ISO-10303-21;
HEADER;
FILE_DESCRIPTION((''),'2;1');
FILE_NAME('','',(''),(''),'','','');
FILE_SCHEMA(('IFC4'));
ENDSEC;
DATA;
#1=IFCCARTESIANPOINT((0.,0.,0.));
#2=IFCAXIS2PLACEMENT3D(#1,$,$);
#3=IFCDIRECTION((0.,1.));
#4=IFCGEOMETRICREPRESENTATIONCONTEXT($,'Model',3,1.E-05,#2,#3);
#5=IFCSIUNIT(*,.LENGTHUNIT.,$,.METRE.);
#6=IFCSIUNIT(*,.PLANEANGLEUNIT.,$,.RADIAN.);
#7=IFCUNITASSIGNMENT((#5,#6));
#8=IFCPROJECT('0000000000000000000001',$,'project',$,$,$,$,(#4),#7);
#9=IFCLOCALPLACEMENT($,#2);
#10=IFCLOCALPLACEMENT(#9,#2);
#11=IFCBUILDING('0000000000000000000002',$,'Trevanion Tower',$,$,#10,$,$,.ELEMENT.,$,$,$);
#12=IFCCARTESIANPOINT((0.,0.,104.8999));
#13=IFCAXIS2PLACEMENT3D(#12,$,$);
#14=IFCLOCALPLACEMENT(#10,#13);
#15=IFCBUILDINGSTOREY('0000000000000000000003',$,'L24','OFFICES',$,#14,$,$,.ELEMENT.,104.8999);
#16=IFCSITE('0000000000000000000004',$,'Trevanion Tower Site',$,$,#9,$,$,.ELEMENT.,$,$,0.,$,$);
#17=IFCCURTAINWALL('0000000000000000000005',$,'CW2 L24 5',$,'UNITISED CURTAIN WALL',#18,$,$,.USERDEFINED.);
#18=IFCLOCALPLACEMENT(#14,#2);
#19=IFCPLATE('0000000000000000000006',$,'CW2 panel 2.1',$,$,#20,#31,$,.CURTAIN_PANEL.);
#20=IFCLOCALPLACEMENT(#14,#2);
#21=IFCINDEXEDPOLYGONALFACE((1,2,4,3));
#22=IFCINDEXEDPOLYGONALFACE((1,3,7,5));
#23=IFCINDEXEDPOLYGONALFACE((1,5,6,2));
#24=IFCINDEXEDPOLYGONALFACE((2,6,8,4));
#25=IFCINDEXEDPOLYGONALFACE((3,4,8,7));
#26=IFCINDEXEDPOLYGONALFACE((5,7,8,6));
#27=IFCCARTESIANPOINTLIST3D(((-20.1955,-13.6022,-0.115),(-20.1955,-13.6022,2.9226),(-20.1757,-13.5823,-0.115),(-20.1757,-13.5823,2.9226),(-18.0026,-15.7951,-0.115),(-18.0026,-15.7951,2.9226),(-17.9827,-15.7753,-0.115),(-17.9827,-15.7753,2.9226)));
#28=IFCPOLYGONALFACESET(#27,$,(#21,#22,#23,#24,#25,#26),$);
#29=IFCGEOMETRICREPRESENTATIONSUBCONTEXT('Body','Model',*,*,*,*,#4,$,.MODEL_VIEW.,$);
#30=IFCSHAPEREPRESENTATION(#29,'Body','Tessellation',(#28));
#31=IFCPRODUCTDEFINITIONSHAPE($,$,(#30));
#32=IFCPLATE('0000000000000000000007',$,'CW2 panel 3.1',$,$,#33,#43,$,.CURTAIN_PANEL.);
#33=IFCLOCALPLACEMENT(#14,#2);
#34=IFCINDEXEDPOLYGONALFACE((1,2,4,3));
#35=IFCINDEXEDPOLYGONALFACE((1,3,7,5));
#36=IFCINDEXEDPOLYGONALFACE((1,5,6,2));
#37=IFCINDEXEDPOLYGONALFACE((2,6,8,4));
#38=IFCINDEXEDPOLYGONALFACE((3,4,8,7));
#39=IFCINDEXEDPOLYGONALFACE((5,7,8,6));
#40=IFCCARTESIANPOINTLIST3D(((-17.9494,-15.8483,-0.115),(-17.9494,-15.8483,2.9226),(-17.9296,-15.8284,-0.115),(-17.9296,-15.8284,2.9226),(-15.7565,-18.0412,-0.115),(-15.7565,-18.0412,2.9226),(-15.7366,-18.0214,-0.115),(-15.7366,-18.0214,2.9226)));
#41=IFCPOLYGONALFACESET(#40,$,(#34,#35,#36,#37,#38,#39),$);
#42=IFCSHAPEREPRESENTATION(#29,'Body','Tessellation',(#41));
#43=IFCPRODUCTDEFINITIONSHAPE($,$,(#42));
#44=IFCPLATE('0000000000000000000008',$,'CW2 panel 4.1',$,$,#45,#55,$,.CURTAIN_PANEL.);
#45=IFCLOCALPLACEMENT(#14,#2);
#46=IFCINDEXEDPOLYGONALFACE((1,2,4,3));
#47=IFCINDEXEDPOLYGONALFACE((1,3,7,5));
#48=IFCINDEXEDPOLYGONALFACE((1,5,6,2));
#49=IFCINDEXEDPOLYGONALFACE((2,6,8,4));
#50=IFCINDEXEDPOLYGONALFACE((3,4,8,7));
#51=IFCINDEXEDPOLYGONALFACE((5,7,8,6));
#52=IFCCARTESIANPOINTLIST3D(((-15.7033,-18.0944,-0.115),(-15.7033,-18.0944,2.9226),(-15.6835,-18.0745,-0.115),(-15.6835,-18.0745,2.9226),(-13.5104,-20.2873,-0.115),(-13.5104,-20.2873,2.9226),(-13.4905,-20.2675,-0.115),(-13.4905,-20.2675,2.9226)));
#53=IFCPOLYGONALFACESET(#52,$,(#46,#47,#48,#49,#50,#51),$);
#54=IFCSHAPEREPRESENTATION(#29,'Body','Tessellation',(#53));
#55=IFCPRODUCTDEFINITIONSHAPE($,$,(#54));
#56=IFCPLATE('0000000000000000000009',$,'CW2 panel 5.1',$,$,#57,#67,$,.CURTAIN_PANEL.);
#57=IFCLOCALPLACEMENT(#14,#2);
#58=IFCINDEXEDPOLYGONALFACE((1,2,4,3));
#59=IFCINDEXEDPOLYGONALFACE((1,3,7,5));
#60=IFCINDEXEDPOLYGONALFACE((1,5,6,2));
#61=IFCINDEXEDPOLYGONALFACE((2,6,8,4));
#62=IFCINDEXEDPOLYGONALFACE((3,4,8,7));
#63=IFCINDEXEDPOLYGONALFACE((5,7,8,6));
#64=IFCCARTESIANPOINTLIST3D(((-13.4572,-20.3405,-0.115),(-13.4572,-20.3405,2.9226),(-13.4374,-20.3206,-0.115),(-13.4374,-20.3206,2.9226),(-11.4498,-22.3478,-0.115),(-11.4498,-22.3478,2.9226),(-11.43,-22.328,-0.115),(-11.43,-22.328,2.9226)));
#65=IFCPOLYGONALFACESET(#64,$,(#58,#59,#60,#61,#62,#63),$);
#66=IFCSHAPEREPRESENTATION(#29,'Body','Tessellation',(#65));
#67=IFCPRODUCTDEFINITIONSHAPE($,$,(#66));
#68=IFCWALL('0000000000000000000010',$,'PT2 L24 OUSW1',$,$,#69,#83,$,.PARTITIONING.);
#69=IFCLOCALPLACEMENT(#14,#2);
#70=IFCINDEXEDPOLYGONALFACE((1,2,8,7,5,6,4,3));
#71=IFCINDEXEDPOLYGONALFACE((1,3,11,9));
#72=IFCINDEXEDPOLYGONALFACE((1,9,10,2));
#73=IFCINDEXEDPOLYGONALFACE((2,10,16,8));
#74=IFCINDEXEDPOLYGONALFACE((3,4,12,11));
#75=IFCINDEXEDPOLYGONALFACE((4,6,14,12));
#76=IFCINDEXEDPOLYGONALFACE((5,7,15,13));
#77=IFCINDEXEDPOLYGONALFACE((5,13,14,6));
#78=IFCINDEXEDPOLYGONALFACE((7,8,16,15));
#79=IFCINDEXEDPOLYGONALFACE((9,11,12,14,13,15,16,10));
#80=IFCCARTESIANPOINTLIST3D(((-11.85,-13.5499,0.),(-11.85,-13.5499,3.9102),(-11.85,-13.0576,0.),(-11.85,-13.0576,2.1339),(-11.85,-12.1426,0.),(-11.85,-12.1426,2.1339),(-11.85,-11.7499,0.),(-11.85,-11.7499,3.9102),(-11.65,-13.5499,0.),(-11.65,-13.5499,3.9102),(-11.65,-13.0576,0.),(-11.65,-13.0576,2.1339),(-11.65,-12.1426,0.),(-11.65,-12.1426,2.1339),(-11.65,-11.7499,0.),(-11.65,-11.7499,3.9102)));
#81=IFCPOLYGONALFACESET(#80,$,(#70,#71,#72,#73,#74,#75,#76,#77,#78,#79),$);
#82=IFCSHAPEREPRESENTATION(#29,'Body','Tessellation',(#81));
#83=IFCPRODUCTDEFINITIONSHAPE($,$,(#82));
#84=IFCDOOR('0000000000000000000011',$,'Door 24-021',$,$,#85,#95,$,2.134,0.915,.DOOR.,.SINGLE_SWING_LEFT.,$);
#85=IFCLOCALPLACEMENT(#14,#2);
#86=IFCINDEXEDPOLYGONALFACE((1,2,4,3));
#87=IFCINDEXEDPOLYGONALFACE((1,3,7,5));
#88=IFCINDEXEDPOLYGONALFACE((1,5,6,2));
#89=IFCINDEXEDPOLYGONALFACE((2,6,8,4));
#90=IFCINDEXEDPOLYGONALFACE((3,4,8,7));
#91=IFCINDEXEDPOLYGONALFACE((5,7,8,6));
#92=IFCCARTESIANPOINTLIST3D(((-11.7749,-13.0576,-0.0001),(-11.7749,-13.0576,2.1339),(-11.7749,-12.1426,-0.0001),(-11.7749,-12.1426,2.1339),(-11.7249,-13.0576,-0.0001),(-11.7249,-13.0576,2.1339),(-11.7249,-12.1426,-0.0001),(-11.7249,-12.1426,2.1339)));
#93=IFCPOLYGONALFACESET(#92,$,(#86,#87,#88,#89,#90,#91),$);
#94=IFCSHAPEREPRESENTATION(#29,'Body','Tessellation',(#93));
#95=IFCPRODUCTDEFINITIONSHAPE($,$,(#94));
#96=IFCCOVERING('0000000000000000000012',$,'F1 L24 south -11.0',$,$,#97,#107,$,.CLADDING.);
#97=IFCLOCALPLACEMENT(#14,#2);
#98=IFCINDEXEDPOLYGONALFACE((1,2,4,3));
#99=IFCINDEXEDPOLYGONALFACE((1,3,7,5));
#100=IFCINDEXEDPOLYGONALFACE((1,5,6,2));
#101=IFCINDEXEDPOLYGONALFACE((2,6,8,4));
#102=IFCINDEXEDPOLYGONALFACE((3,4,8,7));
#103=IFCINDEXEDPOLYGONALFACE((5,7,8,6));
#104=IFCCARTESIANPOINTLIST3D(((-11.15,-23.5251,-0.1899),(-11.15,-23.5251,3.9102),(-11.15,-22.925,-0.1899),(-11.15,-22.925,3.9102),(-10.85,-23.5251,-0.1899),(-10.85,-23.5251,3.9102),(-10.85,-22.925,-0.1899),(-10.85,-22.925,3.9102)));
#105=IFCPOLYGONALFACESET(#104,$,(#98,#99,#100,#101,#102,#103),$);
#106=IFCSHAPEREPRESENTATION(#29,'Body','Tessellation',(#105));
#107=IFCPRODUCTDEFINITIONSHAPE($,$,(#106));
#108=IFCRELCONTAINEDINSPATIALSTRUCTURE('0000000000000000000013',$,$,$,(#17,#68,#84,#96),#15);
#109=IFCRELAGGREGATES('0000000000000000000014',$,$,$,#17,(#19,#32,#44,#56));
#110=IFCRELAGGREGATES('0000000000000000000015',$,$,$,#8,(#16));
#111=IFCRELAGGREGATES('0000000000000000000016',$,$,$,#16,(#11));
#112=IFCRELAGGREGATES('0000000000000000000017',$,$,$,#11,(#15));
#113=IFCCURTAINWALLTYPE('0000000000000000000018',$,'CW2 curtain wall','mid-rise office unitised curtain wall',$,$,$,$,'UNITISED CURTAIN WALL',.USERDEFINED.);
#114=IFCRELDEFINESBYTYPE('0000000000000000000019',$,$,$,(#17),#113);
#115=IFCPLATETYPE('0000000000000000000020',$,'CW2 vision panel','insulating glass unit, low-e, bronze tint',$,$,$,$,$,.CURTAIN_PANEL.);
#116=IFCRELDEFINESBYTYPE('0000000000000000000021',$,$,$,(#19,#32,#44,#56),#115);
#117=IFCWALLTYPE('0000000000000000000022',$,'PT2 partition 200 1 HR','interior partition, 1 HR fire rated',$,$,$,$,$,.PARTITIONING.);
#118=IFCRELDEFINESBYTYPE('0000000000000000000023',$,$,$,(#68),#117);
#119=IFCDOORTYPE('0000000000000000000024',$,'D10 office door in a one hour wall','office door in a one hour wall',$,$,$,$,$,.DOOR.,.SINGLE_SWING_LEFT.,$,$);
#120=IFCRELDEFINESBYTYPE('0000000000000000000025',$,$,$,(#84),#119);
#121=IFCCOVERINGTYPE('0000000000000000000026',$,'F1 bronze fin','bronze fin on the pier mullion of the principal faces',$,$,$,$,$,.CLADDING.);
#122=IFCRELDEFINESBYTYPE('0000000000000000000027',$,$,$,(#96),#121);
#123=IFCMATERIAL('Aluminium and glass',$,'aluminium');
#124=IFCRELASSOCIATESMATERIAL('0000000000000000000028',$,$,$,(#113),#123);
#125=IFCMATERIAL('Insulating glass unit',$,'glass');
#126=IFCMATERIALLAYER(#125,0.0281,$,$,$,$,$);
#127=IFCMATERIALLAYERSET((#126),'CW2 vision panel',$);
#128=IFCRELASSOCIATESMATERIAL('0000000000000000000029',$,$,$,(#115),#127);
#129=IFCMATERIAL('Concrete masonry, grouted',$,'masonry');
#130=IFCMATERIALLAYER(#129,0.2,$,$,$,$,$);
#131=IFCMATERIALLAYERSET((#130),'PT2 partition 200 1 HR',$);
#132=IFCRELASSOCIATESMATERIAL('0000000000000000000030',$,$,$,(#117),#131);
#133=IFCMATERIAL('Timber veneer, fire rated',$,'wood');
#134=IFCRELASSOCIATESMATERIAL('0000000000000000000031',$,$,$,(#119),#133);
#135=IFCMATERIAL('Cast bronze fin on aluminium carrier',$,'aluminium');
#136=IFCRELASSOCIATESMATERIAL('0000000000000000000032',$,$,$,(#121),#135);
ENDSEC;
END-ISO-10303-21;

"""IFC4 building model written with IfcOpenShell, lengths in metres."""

from ifc_helpers import new_model, si_unit, direction, frame, frame_2d, origin, origin_2d, place, context, subcontext, project, spatial, rectangle, extrude, material, layer, layer_set, type_object, element, fill, aggregate, save


model = new_model("IFC4")

# Units and contexts
model_context = context("Model", 3, precision=1e-05, world=origin(), true_north=direction((0.0, 1.0)))
body_context = subcontext(model_context, "Body", "Model", "MODEL_VIEW")
ifc_project = project(units=[si_unit("LENGTHUNIT", "METRE"), si_unit("PLANEANGLEUNIT", "RADIAN")], contexts=[model_context])

# Site, building, storey
site_placement = place(None, origin())
site = spatial("IfcSite", under=ifc_project, at=site_placement, Name="Trevanion Tower Site", CompositionType="ELEMENT", RefElevation=0.0)
building_placement = place(site_placement, origin())
building = spatial("IfcBuilding", under=site, at=building_placement, Name="Trevanion Tower", CompositionType="ELEMENT")
storey_placement = place(building_placement, frame((0.0, 0.0, 104.8999)))
storey = spatial("IfcBuildingStorey", under=building, at=storey_placement, Name="L24", Description="OFFICES", CompositionType="ELEMENT", Elevation=104.8999)

# Curtain wall
ifc_material_1 = material(Name="Aluminium and glass", Category="aluminium")
curtain_wall_type = type_object("IfcCurtainWallType", Name="CW2 curtain wall", Description="mid-rise office unitised curtain wall", ElementType="UNITISED CURTAIN WALL", PredefinedType="USERDEFINED", material=ifc_material_1)
curtain_wall_1_placement = place(storey_placement, origin())
curtain_wall_1 = element("IfcCurtainWall", 1, at=curtain_wall_1_placement, inside=storey, type_object=curtain_wall_type, Name="CW2 L24 5", ObjectType="UNITISED CURTAIN WALL", PredefinedType="USERDEFINED")

# Plates
ifc_material_2 = material(Name="Insulating glass unit", Category="glass")
ifc_layer_1 = layer(ifc_material_2, 0.0281)
ifc_layer_set_1 = layer_set([ifc_layer_1], Name="CW2 vision panel")
plate_type_1 = type_object("IfcPlateType", Name="CW2 vision panel", Description="insulating glass unit, low-e, bronze tint", PredefinedType="CURTAIN_PANEL", material=ifc_layer_set_1)
plate_1_placement = place(storey_placement, frame((-19.0891, -14.6887, -0.115), z_axis=(0.0, 0.0, 1.0), x_axis=(0.707107, -0.707107, 0.0)))
plate_1 = element("IfcPlate", 2, at=plate_1_placement, type_object=plate_type_1, Name="CW2 panel 2.1", PredefinedType="CURTAIN_PANEL", context=body_context, shape_type="SweptSolid", body=[
    extrude(rectangle(XDim=3.1013, YDim=0.0281, at=origin_2d()), origin(), (0.0, 0.0, 1.0), 3.0376),
])
plate_2_placement = place(storey_placement, frame((-16.843, -16.9348, -0.115), z_axis=(0.0, 0.0, 1.0), x_axis=(0.707107, -0.707107, 0.0)))
plate_2 = element("IfcPlate", 3, at=plate_2_placement, type_object=plate_type_1, Name="CW2 panel 3.1", PredefinedType="CURTAIN_PANEL", context=body_context, shape_type="SweptSolid", body=[
    extrude(rectangle(XDim=3.1013, YDim=0.0281, at=origin_2d()), origin(), (0.0, 0.0, 1.0), 3.0376),
])
plate_3_placement = place(storey_placement, frame((-14.5969, -19.1809, -0.115), z_axis=(0.0, 0.0, 1.0), x_axis=(0.707107, -0.707107, 0.0)))
plate_3 = element("IfcPlate", 4, at=plate_3_placement, type_object=plate_type_1, Name="CW2 panel 4.1", PredefinedType="CURTAIN_PANEL", context=body_context, shape_type="SweptSolid", body=[
    extrude(rectangle(XDim=3.1013, YDim=0.0281, at=origin_2d()), origin(), (0.0, 0.0, 1.0), 3.0376),
])
plate_4_placement = place(storey_placement, frame((-12.4436, -21.3342, -0.115), z_axis=(0.0, 0.0, 1.0), x_axis=(0.707107, -0.707107, 0.0)))
plate_4 = element("IfcPlate", 5, at=plate_4_placement, type_object=plate_type_1, Name="CW2 panel 5.1", PredefinedType="CURTAIN_PANEL", context=body_context, shape_type="SweptSolid", body=[
    extrude(rectangle(XDim=2.8389, YDim=0.0281, at=origin_2d()), origin(), (0.0, 0.0, 1.0), 3.0376),
])
aggregate(curtain_wall_1, [plate_1, plate_2, plate_3, plate_4])

# Wall, opening, door
ifc_material_3 = material(Name="Concrete masonry, grouted", Category="masonry")
ifc_layer_2 = layer(ifc_material_3, 0.2)
ifc_layer_set_2 = layer_set([ifc_layer_2], Name="PT2 partition 200 1 HR")
wall_type = type_object("IfcWallType", Name="PT2 partition 200 1 HR", Description="interior partition, 1 HR fire rated", PredefinedType="PARTITIONING", material=ifc_layer_set_2)
wall_placement = place(storey_placement, frame((-11.75, -11.75, 0.0), z_axis=(0.0, 0.0, 1.0), x_axis=(0.0, -1.0, 0.0)))
wall = element("IfcWall", 6, at=wall_placement, inside=storey, type_object=wall_type, Name="PT2 L24 OUSW1", PredefinedType="PARTITIONING", context=body_context, shape_type="SweptSolid", body=[
    extrude(rectangle(XDim=1.8, YDim=0.2, at=frame_2d((0.8999, 0.0))), origin(), (0.0, 0.0, 1.0), 3.9102),
])
opening_placement = place(wall_placement, frame((0.3926, 0.0, 0.0)))
opening = element("IfcOpeningElement", 7, at=opening_placement, cuts=wall, PredefinedType="OPENING", context=body_context, shape_type="SweptSolid", body=[
    extrude(rectangle(XDim=0.915, YDim=2.134, at=frame_2d((0.4575, 1.0669))), frame((0.0, 0.1099, 0.0), z_axis=(0.0, -1.0, 0.0), x_axis=(1.0, 0.0, 0.0)), (0.0, 0.0, 1.0), 0.22),
])
ifc_material_4 = material(Name="Timber veneer, fire rated", Category="wood")
door_type = type_object("IfcDoorType", Name="D10 office door in a one hour wall", Description="office door in a one hour wall", OperationType="SINGLE_SWING_LEFT", PredefinedType="DOOR", material=ifc_material_4)
door_placement = place(opening_placement, frame((0.915, 0.0, 0.0), z_axis=(0.0, 0.0, 1.0), x_axis=(-1.0, 0.0, 0.0)))
door = element("IfcDoor", 8, at=door_placement, inside=storey, type_object=door_type, Name="Door 24-021", OperationType="SINGLE_SWING_LEFT", OverallHeight=2.134, OverallWidth=0.915, PredefinedType="DOOR", context=body_context, shape_type="SweptSolid", body=[
    extrude(rectangle(XDim=0.915, YDim=2.134, at=frame_2d((0.4575, 1.0669))), frame((0.0, 0.0249, 0.0), z_axis=(0.0, -1.0, 0.0), x_axis=(1.0, 0.0, 0.0)), (0.0, 0.0, 1.0), 0.05),
])
fill(opening, door)

# Covering
ifc_material_5 = material(Name="Cast bronze fin on aluminium carrier", Category="aluminium")
covering_type = type_object("IfcCoveringType", Name="F1 bronze fin", Description="bronze fin on the pier mullion of the principal faces", PredefinedType="CLADDING", material=ifc_material_5)
covering_placement = place(storey_placement, frame((-11.0, -23.2251, -0.1899), z_axis=(0.0, 0.0, 1.0), x_axis=(1.0, 0.0, 0.0)))
element("IfcCovering", 9, at=covering_placement, inside=storey, type_object=covering_type, Name="F1 L24 south -11.0", PredefinedType="CLADDING", context=body_context, shape_type="SweptSolid", body=[
    extrude(rectangle(XDim=0.3, YDim=0.6001, at=origin_2d()), origin(), (0.0, 0.0, 1.0), 4.1001),
])

save(model, "model.ifc")
